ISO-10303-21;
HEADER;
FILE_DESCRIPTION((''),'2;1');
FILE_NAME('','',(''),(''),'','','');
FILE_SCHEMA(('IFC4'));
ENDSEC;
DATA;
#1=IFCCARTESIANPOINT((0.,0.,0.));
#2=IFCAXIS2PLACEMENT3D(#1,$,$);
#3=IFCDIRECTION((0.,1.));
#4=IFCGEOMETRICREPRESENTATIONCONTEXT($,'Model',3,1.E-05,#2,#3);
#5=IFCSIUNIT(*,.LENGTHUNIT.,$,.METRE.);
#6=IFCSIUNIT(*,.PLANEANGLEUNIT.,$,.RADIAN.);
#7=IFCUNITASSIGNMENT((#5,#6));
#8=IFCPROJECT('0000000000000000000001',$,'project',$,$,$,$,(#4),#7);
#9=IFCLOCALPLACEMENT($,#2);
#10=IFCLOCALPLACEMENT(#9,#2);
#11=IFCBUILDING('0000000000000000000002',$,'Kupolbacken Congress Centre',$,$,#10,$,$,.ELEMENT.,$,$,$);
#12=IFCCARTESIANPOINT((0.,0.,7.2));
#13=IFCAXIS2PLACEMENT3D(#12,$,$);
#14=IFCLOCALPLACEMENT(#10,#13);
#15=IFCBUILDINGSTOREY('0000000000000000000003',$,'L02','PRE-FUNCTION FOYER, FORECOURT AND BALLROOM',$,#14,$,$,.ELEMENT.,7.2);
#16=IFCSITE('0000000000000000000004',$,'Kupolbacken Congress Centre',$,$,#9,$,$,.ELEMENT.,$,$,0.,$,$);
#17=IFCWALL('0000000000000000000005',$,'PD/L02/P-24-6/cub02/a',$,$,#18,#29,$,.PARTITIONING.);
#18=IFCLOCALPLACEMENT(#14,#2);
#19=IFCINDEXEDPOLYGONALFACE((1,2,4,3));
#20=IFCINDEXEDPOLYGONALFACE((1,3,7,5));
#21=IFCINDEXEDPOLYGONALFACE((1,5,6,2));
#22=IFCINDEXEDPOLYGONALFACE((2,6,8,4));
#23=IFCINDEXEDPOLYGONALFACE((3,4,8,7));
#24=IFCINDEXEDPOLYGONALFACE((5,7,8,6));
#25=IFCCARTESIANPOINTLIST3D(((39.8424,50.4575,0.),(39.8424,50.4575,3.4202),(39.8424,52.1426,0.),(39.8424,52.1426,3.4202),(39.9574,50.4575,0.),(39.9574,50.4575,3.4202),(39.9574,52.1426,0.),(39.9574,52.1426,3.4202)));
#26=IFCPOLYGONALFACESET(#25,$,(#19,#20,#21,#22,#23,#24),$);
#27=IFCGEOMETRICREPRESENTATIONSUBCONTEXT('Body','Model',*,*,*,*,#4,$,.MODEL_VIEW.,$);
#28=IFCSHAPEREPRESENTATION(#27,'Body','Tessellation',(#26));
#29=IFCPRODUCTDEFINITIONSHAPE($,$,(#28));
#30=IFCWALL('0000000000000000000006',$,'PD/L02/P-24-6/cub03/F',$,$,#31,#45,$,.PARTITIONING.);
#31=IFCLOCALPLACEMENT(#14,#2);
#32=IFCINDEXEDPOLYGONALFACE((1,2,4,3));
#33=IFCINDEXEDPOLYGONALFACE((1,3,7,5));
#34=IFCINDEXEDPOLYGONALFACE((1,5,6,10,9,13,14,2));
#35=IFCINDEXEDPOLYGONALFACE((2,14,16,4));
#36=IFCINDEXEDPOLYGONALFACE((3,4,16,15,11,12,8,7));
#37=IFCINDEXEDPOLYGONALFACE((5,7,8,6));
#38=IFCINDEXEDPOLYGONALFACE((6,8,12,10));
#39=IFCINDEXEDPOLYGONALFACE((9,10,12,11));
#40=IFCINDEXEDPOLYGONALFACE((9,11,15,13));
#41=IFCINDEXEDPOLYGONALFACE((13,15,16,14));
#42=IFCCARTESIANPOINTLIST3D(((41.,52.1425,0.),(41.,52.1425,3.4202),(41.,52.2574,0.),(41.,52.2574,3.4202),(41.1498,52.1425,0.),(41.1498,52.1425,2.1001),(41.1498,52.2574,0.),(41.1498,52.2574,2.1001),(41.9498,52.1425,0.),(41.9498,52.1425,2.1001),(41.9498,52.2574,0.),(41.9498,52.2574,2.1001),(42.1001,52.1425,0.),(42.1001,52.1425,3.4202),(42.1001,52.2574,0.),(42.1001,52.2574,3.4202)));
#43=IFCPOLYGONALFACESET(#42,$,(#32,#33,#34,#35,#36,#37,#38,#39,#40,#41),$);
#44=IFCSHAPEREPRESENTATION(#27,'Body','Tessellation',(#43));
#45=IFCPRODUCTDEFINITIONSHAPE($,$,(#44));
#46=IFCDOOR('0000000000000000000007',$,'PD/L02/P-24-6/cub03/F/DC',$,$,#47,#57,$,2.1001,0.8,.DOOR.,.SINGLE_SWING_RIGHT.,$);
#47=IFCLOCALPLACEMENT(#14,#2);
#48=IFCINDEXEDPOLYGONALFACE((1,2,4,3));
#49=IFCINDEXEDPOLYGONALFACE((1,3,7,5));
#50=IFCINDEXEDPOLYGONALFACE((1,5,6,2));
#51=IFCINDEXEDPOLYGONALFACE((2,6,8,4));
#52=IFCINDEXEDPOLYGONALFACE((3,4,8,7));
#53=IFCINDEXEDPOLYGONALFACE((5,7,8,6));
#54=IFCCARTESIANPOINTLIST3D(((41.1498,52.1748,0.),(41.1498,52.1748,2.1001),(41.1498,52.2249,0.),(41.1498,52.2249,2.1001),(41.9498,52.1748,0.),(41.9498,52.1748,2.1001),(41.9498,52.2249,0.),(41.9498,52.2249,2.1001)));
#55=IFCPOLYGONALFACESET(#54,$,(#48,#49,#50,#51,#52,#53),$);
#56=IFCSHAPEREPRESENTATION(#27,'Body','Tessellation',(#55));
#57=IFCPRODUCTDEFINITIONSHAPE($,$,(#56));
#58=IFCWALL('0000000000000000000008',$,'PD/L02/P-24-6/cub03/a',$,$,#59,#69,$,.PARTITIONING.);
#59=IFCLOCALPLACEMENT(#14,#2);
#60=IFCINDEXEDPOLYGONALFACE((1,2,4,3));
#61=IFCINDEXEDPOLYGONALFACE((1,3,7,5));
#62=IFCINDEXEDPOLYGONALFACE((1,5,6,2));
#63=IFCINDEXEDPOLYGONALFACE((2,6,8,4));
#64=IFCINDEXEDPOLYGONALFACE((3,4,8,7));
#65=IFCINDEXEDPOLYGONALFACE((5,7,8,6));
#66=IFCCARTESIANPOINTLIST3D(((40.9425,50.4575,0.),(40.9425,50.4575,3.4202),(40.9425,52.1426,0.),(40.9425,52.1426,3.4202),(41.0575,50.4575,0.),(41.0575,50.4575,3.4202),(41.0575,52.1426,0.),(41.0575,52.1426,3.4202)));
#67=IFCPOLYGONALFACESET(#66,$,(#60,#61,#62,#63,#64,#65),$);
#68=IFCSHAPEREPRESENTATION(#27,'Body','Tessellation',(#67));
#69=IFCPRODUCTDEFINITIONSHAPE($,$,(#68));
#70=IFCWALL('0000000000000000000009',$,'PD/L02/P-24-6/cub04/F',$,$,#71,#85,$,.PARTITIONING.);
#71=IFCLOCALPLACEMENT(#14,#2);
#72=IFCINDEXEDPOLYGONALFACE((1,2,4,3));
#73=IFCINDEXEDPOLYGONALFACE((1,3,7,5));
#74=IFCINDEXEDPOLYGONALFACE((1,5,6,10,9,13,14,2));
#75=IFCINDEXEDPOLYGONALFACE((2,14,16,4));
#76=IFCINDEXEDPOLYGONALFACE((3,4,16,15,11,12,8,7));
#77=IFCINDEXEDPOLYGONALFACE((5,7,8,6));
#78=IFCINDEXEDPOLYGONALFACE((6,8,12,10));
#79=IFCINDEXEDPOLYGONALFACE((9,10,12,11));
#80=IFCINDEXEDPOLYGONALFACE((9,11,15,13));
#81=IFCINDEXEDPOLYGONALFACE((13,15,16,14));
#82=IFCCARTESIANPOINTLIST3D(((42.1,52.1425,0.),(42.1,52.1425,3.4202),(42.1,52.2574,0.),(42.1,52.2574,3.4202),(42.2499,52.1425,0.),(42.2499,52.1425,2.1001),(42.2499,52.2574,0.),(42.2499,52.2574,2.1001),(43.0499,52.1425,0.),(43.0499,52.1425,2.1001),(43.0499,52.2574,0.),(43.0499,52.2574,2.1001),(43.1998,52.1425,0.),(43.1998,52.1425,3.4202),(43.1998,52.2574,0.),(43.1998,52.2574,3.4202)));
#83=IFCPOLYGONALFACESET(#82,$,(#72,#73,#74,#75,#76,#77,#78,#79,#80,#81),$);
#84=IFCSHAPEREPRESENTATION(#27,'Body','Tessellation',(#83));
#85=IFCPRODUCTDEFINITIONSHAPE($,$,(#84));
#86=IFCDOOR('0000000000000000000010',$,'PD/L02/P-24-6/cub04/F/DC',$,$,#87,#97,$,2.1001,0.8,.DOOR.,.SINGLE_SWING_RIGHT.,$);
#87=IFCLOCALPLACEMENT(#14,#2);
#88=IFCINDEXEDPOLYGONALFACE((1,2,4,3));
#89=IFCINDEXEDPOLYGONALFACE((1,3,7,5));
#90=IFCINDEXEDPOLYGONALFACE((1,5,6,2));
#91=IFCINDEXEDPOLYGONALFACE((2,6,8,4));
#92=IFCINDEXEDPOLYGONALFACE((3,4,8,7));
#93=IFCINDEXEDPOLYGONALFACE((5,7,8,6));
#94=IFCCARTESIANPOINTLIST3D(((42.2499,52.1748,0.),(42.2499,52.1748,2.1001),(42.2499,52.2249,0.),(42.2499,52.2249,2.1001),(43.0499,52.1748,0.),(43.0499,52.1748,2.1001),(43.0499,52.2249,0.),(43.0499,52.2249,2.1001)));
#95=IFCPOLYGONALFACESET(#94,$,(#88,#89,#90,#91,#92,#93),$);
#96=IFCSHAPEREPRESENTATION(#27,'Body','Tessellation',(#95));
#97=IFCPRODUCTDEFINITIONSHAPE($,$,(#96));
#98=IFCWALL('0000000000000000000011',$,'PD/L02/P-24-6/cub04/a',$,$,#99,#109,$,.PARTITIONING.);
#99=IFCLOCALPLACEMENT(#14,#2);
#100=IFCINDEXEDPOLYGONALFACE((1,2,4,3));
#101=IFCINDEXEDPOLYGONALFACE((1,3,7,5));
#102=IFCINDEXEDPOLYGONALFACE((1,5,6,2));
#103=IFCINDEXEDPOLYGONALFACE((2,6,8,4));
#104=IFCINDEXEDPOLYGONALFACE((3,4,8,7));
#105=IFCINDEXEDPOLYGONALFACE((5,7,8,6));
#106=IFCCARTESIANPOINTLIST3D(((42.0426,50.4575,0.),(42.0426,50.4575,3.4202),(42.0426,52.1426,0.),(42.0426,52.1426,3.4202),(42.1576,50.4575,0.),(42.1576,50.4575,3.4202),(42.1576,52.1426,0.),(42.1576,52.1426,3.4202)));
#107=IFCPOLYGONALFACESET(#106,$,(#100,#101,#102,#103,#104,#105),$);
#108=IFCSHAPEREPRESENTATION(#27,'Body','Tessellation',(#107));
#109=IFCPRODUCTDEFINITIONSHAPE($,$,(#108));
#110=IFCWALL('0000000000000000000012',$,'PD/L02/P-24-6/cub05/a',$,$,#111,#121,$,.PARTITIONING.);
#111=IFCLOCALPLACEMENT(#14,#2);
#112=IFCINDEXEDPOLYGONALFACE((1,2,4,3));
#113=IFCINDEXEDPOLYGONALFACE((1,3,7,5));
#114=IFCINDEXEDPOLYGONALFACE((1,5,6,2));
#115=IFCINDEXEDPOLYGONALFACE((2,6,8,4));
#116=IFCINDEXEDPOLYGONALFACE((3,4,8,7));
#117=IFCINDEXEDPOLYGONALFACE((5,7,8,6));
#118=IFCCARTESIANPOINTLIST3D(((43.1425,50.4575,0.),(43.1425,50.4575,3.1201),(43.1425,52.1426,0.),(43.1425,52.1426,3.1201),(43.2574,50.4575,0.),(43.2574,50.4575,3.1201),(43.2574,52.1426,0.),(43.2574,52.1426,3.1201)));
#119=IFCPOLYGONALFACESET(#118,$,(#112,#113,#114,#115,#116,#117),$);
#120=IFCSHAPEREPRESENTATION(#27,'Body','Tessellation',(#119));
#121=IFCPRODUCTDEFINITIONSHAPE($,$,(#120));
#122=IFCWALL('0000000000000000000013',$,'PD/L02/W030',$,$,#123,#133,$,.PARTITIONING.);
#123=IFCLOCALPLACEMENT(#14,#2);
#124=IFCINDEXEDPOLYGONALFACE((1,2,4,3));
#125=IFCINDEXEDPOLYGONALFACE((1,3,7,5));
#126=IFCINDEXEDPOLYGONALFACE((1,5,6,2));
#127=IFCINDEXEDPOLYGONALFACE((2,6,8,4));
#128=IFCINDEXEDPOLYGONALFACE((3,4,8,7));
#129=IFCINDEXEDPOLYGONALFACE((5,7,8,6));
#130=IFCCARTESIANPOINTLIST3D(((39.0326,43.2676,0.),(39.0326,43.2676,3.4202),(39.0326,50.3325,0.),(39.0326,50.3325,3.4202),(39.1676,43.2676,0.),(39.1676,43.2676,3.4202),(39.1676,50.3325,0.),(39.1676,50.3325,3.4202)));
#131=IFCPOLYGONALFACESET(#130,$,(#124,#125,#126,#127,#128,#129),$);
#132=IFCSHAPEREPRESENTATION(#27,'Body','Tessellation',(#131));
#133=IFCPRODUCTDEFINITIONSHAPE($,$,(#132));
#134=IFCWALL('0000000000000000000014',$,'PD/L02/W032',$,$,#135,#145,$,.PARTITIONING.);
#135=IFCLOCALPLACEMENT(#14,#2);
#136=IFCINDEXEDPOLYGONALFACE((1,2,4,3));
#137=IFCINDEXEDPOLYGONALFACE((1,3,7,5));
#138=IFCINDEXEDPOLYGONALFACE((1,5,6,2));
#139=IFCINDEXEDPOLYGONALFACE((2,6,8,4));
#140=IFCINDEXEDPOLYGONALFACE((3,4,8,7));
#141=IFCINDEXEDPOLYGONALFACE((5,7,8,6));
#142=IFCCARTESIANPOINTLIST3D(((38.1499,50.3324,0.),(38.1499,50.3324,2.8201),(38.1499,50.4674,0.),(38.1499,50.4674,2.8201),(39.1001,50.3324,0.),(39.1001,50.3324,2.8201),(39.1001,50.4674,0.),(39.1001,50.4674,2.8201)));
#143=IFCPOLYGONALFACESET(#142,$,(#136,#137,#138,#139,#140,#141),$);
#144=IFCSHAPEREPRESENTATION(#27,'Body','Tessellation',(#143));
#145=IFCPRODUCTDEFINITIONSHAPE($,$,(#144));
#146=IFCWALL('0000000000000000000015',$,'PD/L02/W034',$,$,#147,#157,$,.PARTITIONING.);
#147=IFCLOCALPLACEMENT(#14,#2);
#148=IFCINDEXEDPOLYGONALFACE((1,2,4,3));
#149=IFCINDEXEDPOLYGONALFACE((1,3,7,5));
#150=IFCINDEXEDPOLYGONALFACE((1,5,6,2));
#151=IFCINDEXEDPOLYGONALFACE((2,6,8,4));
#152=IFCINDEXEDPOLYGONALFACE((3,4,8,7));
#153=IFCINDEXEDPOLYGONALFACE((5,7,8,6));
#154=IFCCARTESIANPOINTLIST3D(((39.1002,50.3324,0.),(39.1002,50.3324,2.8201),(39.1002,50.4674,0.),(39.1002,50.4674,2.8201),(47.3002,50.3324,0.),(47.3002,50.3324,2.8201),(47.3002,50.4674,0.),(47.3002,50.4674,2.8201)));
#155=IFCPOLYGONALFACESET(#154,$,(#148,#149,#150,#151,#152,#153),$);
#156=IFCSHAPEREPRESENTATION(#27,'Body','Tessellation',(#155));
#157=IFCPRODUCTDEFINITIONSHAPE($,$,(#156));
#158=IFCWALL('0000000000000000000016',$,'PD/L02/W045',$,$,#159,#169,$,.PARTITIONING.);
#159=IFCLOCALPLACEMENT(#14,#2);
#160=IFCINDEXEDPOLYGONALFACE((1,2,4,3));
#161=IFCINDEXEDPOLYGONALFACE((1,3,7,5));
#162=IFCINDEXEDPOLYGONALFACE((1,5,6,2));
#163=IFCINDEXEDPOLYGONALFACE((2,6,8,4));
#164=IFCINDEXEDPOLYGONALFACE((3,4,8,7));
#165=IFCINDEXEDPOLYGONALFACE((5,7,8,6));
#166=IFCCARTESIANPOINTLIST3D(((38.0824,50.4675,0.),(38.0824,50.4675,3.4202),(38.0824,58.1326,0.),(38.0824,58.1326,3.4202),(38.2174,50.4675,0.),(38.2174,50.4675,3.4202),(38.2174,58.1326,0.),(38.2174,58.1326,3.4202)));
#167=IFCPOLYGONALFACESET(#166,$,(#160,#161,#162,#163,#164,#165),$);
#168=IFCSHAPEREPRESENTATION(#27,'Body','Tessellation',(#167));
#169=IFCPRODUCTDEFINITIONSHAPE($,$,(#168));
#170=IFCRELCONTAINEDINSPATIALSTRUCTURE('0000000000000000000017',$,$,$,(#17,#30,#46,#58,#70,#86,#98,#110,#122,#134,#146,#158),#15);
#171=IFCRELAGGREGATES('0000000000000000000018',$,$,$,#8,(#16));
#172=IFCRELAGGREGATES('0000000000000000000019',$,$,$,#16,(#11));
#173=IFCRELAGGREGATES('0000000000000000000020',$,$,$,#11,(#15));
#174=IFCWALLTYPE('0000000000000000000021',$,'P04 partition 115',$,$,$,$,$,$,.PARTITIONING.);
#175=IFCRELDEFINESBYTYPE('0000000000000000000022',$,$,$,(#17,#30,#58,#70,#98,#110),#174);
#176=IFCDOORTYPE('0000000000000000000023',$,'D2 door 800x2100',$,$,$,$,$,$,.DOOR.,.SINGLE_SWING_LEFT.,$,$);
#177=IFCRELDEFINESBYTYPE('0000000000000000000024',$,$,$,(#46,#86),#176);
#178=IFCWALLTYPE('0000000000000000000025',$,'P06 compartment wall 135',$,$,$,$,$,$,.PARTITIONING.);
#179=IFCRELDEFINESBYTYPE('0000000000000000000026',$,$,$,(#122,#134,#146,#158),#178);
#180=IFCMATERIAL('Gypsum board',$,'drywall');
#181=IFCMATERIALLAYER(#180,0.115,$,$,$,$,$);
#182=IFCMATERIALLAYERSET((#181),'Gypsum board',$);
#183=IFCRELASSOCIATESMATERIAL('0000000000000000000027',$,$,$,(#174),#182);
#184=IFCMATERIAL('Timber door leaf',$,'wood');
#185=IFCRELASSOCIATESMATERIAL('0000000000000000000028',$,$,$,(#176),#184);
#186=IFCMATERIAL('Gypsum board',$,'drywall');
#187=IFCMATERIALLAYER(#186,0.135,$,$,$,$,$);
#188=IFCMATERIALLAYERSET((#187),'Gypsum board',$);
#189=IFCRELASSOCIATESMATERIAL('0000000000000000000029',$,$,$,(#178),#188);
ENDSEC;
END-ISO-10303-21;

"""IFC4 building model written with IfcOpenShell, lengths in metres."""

from ifc_helpers import new_model, si_unit, direction, frame, frame_2d, origin, place, context, subcontext, project, spatial, rectangle, extrude, material, layer, layer_set, type_object, element, fill, save


model = new_model("IFC4")

# Units and contexts
model_context = context("Model", 3, precision=1e-05, world=origin(), true_north=direction((0.0, 1.0)))
body_context = subcontext(model_context, "Body", "Model", "MODEL_VIEW")
ifc_project = project(units=[si_unit("LENGTHUNIT", "METRE"), si_unit("PLANEANGLEUNIT", "RADIAN")], contexts=[model_context])

# Site, building, storey
site_placement = place(None, origin())
site = spatial("IfcSite", under=ifc_project, at=site_placement, Name="Kupolbacken Congress Centre", CompositionType="ELEMENT", RefElevation=0.0)
building_placement = place(site_placement, origin())
building = spatial("IfcBuilding", under=site, at=building_placement, Name="Kupolbacken Congress Centre", CompositionType="ELEMENT")
storey_placement = place(building_placement, frame((0.0, 0.0, 7.2)))
storey = spatial("IfcBuildingStorey", under=building, at=storey_placement, Name="L02", Description="PRE-FUNCTION FOYER, FORECOURT AND BALLROOM", CompositionType="ELEMENT", Elevation=7.2)

# Shared definitions
ifc_material_1 = material(Name="Gypsum board", Category="drywall")
ifc_layer_1 = layer(ifc_material_1, 0.115)
ifc_layer_set_1 = layer_set([ifc_layer_1], Name="Gypsum board")
wall_type_1 = type_object("IfcWallType", Name="P04 partition 115", PredefinedType="PARTITIONING", material=ifc_layer_set_1)
ifc_material_2 = material(Name="Timber door leaf", Category="wood")
door_type_1 = type_object("IfcDoorType", Name="D2 door 800x2100", OperationType="SINGLE_SWING_LEFT", PredefinedType="DOOR", material=ifc_material_2)

# Wall
wall_1_placement = place(storey_placement, frame((39.8999, 50.4575, 0.0), z_axis=(0.0, 0.0, 1.0), x_axis=(0.0, 1.0, 0.0)))
element("IfcWall", 1, at=wall_1_placement, inside=storey, type_object=wall_type_1, Name="PD/L02/P-24-6/cub02/a", PredefinedType="PARTITIONING", context=body_context, shape_type="SweptSolid", body=[
    extrude(rectangle(XDim=1.6851, YDim=0.115, at=frame_2d((0.8425, 0.0))), origin(), (0.0, 0.0, 1.0), 3.4202),
])

# Wall, opening, door
wall_2_placement = place(storey_placement, frame((41.0, 52.2, 0.0), z_axis=(0.0, 0.0, 1.0), x_axis=(1.0, 0.0, 0.0)))
wall_2 = element("IfcWall", 2, at=wall_2_placement, inside=storey, type_object=wall_type_1, Name="PD/L02/P-24-6/cub03/F", PredefinedType="PARTITIONING", context=body_context, shape_type="SweptSolid", body=[
    extrude(rectangle(XDim=1.1001, YDim=0.115, at=frame_2d((0.55, 0.0))), origin(), (0.0, 0.0, 1.0), 3.4202),
])
opening_1_placement = place(wall_2_placement, frame((0.1499, 0.0, 0.0)))
opening_1 = element("IfcOpeningElement", 3, at=opening_1_placement, cuts=wall_2, PredefinedType="OPENING", context=body_context, shape_type="SweptSolid", body=[
    extrude(rectangle(XDim=0.8, YDim=2.1001, at=frame_2d((0.3999, 1.05))), frame((0.0, 0.0674, 0.0), z_axis=(0.0, -1.0, 0.0), x_axis=(1.0, 0.0, 0.0)), (0.0, 0.0, 1.0), 0.135),
])
door_1_placement = place(opening_1_placement, origin())
door_1 = element("IfcDoor", 4, at=door_1_placement, inside=storey, type_object=door_type_1, Name="PD/L02/P-24-6/cub03/F/DC", OperationType="SINGLE_SWING_RIGHT", OverallHeight=2.1001, OverallWidth=0.8, PredefinedType="DOOR", context=body_context, shape_type="SweptSolid", body=[
    extrude(rectangle(XDim=0.8, YDim=2.1001, at=frame_2d((0.3999, 1.05))), frame((0.0, 0.0249, 0.0), z_axis=(0.0, -1.0, 0.0), x_axis=(1.0, 0.0, 0.0)), (0.0, 0.0, 1.0), 0.05),
])
fill(opening_1, door_1)

# Wall
wall_3_placement = place(storey_placement, frame((41.0, 50.4575, 0.0), z_axis=(0.0, 0.0, 1.0), x_axis=(0.0, 1.0, 0.0)))
element("IfcWall", 5, at=wall_3_placement, inside=storey, type_object=wall_type_1, Name="PD/L02/P-24-6/cub03/a", PredefinedType="PARTITIONING", context=body_context, shape_type="SweptSolid", body=[
    extrude(rectangle(XDim=1.6851, YDim=0.115, at=frame_2d((0.8425, 0.0))), origin(), (0.0, 0.0, 1.0), 3.4202),
])

# Wall, opening, door
wall_4_placement = place(storey_placement, frame((42.1001, 52.2, 0.0), z_axis=(0.0, 0.0, 1.0), x_axis=(1.0, 0.0, 0.0)))
wall_4 = element("IfcWall", 6, at=wall_4_placement, inside=storey, type_object=wall_type_1, Name="PD/L02/P-24-6/cub04/F", PredefinedType="PARTITIONING", context=body_context, shape_type="SweptSolid", body=[
    extrude(rectangle(XDim=1.0999, YDim=0.115, at=frame_2d((0.5498, 0.0))), origin(), (0.0, 0.0, 1.0), 3.4202),
])
opening_2_placement = place(wall_4_placement, frame((0.1499, 0.0, 0.0)))
opening_2 = element("IfcOpeningElement", 7, at=opening_2_placement, cuts=wall_4, PredefinedType="OPENING", context=body_context, shape_type="SweptSolid", body=[
    extrude(rectangle(XDim=0.8, YDim=2.1001, at=frame_2d((0.3999, 1.05))), frame((0.0, 0.0674, 0.0), z_axis=(0.0, -1.0, 0.0), x_axis=(1.0, 0.0, 0.0)), (0.0, 0.0, 1.0), 0.135),
])
door_2_placement = place(opening_2_placement, origin())
door_2 = element("IfcDoor", 8, at=door_2_placement, inside=storey, type_object=door_type_1, Name="PD/L02/P-24-6/cub04/F/DC", OperationType="SINGLE_SWING_RIGHT", OverallHeight=2.1001, OverallWidth=0.8, PredefinedType="DOOR", context=body_context, shape_type="SweptSolid", body=[
    extrude(rectangle(XDim=0.8, YDim=2.1001, at=frame_2d((0.3999, 1.05))), frame((0.0, 0.0249, 0.0), z_axis=(0.0, -1.0, 0.0), x_axis=(1.0, 0.0, 0.0)), (0.0, 0.0, 1.0), 0.05),
])
fill(opening_2, door_2)

# Walls
wall_5_placement = place(storey_placement, frame((42.1001, 50.4575, 0.0), z_axis=(0.0, 0.0, 1.0), x_axis=(0.0, 1.0, 0.0)))
element("IfcWall", 9, at=wall_5_placement, inside=storey, type_object=wall_type_1, Name="PD/L02/P-24-6/cub04/a", PredefinedType="PARTITIONING", context=body_context, shape_type="SweptSolid", body=[
    extrude(rectangle(XDim=1.6851, YDim=0.115, at=frame_2d((0.8425, 0.0))), origin(), (0.0, 0.0, 1.0), 3.4202),
])
wall_6_placement = place(storey_placement, frame((43.2, 50.4575, 0.0), z_axis=(0.0, 0.0, 1.0), x_axis=(0.0, 1.0, 0.0)))
element("IfcWall", 10, at=wall_6_placement, inside=storey, type_object=wall_type_1, Name="PD/L02/P-24-6/cub05/a", PredefinedType="PARTITIONING", context=body_context, shape_type="SweptSolid", body=[
    extrude(rectangle(XDim=1.6851, YDim=0.115, at=frame_2d((0.8425, 0.0))), origin(), (0.0, 0.0, 1.0), 3.1201),
])
ifc_material_3 = material(Name="Gypsum board", Category="drywall")
ifc_layer_2 = layer(ifc_material_3, 0.135)
ifc_layer_set_2 = layer_set([ifc_layer_2], Name="Gypsum board")
wall_type_2 = type_object("IfcWallType", Name="P06 compartment wall 135", PredefinedType="PARTITIONING", material=ifc_layer_set_2)
wall_7_placement = place(storey_placement, frame((39.1001, 50.3325, 0.0), z_axis=(0.0, 0.0, 1.0), x_axis=(0.0, -1.0, 0.0)))
element("IfcWall", 11, at=wall_7_placement, inside=storey, type_object=wall_type_2, Name="PD/L02/W030", PredefinedType="PARTITIONING", context=body_context, shape_type="SweptSolid", body=[
    extrude(rectangle(XDim=7.0649, YDim=0.135, at=frame_2d((3.5325, 0.0))), origin(), (0.0, 0.0, 1.0), 3.4202),
])
wall_8_placement = place(storey_placement, frame((38.1499, 50.3999, 0.0), z_axis=(0.0, 0.0, 1.0), x_axis=(1.0, 0.0, 0.0)))
element("IfcWall", 12, at=wall_8_placement, inside=storey, type_object=wall_type_2, Name="PD/L02/W032", PredefinedType="PARTITIONING", context=body_context, shape_type="SweptSolid", body=[
    extrude(rectangle(XDim=0.9502, YDim=0.135, at=frame_2d((0.4751, 0.0))), origin(), (0.0, 0.0, 1.0), 2.8201),
])
wall_9_placement = place(storey_placement, frame((39.1001, 50.3999, 0.0), z_axis=(0.0, 0.0, 1.0), x_axis=(1.0, 0.0, 0.0)))
element("IfcWall", 13, at=wall_9_placement, inside=storey, type_object=wall_type_2, Name="PD/L02/W034", PredefinedType="PARTITIONING", context=body_context, shape_type="SweptSolid", body=[
    extrude(rectangle(XDim=8.2, YDim=0.135, at=frame_2d((4.1001, 0.0))), origin(), (0.0, 0.0, 1.0), 2.8201),
])
wall_10_placement = place(storey_placement, frame((38.1499, 58.1326, 0.0), z_axis=(0.0, 0.0, 1.0), x_axis=(0.0, -1.0, 0.0)))
element("IfcWall", 14, at=wall_10_placement, inside=storey, type_object=wall_type_2, Name="PD/L02/W045", PredefinedType="PARTITIONING", context=body_context, shape_type="SweptSolid", body=[
    extrude(rectangle(XDim=7.665, YDim=0.135, at=frame_2d((3.8325, 0.0))), origin(), (0.0, 0.0, 1.0), 3.4202),
])

save(model, "model.ifc")
